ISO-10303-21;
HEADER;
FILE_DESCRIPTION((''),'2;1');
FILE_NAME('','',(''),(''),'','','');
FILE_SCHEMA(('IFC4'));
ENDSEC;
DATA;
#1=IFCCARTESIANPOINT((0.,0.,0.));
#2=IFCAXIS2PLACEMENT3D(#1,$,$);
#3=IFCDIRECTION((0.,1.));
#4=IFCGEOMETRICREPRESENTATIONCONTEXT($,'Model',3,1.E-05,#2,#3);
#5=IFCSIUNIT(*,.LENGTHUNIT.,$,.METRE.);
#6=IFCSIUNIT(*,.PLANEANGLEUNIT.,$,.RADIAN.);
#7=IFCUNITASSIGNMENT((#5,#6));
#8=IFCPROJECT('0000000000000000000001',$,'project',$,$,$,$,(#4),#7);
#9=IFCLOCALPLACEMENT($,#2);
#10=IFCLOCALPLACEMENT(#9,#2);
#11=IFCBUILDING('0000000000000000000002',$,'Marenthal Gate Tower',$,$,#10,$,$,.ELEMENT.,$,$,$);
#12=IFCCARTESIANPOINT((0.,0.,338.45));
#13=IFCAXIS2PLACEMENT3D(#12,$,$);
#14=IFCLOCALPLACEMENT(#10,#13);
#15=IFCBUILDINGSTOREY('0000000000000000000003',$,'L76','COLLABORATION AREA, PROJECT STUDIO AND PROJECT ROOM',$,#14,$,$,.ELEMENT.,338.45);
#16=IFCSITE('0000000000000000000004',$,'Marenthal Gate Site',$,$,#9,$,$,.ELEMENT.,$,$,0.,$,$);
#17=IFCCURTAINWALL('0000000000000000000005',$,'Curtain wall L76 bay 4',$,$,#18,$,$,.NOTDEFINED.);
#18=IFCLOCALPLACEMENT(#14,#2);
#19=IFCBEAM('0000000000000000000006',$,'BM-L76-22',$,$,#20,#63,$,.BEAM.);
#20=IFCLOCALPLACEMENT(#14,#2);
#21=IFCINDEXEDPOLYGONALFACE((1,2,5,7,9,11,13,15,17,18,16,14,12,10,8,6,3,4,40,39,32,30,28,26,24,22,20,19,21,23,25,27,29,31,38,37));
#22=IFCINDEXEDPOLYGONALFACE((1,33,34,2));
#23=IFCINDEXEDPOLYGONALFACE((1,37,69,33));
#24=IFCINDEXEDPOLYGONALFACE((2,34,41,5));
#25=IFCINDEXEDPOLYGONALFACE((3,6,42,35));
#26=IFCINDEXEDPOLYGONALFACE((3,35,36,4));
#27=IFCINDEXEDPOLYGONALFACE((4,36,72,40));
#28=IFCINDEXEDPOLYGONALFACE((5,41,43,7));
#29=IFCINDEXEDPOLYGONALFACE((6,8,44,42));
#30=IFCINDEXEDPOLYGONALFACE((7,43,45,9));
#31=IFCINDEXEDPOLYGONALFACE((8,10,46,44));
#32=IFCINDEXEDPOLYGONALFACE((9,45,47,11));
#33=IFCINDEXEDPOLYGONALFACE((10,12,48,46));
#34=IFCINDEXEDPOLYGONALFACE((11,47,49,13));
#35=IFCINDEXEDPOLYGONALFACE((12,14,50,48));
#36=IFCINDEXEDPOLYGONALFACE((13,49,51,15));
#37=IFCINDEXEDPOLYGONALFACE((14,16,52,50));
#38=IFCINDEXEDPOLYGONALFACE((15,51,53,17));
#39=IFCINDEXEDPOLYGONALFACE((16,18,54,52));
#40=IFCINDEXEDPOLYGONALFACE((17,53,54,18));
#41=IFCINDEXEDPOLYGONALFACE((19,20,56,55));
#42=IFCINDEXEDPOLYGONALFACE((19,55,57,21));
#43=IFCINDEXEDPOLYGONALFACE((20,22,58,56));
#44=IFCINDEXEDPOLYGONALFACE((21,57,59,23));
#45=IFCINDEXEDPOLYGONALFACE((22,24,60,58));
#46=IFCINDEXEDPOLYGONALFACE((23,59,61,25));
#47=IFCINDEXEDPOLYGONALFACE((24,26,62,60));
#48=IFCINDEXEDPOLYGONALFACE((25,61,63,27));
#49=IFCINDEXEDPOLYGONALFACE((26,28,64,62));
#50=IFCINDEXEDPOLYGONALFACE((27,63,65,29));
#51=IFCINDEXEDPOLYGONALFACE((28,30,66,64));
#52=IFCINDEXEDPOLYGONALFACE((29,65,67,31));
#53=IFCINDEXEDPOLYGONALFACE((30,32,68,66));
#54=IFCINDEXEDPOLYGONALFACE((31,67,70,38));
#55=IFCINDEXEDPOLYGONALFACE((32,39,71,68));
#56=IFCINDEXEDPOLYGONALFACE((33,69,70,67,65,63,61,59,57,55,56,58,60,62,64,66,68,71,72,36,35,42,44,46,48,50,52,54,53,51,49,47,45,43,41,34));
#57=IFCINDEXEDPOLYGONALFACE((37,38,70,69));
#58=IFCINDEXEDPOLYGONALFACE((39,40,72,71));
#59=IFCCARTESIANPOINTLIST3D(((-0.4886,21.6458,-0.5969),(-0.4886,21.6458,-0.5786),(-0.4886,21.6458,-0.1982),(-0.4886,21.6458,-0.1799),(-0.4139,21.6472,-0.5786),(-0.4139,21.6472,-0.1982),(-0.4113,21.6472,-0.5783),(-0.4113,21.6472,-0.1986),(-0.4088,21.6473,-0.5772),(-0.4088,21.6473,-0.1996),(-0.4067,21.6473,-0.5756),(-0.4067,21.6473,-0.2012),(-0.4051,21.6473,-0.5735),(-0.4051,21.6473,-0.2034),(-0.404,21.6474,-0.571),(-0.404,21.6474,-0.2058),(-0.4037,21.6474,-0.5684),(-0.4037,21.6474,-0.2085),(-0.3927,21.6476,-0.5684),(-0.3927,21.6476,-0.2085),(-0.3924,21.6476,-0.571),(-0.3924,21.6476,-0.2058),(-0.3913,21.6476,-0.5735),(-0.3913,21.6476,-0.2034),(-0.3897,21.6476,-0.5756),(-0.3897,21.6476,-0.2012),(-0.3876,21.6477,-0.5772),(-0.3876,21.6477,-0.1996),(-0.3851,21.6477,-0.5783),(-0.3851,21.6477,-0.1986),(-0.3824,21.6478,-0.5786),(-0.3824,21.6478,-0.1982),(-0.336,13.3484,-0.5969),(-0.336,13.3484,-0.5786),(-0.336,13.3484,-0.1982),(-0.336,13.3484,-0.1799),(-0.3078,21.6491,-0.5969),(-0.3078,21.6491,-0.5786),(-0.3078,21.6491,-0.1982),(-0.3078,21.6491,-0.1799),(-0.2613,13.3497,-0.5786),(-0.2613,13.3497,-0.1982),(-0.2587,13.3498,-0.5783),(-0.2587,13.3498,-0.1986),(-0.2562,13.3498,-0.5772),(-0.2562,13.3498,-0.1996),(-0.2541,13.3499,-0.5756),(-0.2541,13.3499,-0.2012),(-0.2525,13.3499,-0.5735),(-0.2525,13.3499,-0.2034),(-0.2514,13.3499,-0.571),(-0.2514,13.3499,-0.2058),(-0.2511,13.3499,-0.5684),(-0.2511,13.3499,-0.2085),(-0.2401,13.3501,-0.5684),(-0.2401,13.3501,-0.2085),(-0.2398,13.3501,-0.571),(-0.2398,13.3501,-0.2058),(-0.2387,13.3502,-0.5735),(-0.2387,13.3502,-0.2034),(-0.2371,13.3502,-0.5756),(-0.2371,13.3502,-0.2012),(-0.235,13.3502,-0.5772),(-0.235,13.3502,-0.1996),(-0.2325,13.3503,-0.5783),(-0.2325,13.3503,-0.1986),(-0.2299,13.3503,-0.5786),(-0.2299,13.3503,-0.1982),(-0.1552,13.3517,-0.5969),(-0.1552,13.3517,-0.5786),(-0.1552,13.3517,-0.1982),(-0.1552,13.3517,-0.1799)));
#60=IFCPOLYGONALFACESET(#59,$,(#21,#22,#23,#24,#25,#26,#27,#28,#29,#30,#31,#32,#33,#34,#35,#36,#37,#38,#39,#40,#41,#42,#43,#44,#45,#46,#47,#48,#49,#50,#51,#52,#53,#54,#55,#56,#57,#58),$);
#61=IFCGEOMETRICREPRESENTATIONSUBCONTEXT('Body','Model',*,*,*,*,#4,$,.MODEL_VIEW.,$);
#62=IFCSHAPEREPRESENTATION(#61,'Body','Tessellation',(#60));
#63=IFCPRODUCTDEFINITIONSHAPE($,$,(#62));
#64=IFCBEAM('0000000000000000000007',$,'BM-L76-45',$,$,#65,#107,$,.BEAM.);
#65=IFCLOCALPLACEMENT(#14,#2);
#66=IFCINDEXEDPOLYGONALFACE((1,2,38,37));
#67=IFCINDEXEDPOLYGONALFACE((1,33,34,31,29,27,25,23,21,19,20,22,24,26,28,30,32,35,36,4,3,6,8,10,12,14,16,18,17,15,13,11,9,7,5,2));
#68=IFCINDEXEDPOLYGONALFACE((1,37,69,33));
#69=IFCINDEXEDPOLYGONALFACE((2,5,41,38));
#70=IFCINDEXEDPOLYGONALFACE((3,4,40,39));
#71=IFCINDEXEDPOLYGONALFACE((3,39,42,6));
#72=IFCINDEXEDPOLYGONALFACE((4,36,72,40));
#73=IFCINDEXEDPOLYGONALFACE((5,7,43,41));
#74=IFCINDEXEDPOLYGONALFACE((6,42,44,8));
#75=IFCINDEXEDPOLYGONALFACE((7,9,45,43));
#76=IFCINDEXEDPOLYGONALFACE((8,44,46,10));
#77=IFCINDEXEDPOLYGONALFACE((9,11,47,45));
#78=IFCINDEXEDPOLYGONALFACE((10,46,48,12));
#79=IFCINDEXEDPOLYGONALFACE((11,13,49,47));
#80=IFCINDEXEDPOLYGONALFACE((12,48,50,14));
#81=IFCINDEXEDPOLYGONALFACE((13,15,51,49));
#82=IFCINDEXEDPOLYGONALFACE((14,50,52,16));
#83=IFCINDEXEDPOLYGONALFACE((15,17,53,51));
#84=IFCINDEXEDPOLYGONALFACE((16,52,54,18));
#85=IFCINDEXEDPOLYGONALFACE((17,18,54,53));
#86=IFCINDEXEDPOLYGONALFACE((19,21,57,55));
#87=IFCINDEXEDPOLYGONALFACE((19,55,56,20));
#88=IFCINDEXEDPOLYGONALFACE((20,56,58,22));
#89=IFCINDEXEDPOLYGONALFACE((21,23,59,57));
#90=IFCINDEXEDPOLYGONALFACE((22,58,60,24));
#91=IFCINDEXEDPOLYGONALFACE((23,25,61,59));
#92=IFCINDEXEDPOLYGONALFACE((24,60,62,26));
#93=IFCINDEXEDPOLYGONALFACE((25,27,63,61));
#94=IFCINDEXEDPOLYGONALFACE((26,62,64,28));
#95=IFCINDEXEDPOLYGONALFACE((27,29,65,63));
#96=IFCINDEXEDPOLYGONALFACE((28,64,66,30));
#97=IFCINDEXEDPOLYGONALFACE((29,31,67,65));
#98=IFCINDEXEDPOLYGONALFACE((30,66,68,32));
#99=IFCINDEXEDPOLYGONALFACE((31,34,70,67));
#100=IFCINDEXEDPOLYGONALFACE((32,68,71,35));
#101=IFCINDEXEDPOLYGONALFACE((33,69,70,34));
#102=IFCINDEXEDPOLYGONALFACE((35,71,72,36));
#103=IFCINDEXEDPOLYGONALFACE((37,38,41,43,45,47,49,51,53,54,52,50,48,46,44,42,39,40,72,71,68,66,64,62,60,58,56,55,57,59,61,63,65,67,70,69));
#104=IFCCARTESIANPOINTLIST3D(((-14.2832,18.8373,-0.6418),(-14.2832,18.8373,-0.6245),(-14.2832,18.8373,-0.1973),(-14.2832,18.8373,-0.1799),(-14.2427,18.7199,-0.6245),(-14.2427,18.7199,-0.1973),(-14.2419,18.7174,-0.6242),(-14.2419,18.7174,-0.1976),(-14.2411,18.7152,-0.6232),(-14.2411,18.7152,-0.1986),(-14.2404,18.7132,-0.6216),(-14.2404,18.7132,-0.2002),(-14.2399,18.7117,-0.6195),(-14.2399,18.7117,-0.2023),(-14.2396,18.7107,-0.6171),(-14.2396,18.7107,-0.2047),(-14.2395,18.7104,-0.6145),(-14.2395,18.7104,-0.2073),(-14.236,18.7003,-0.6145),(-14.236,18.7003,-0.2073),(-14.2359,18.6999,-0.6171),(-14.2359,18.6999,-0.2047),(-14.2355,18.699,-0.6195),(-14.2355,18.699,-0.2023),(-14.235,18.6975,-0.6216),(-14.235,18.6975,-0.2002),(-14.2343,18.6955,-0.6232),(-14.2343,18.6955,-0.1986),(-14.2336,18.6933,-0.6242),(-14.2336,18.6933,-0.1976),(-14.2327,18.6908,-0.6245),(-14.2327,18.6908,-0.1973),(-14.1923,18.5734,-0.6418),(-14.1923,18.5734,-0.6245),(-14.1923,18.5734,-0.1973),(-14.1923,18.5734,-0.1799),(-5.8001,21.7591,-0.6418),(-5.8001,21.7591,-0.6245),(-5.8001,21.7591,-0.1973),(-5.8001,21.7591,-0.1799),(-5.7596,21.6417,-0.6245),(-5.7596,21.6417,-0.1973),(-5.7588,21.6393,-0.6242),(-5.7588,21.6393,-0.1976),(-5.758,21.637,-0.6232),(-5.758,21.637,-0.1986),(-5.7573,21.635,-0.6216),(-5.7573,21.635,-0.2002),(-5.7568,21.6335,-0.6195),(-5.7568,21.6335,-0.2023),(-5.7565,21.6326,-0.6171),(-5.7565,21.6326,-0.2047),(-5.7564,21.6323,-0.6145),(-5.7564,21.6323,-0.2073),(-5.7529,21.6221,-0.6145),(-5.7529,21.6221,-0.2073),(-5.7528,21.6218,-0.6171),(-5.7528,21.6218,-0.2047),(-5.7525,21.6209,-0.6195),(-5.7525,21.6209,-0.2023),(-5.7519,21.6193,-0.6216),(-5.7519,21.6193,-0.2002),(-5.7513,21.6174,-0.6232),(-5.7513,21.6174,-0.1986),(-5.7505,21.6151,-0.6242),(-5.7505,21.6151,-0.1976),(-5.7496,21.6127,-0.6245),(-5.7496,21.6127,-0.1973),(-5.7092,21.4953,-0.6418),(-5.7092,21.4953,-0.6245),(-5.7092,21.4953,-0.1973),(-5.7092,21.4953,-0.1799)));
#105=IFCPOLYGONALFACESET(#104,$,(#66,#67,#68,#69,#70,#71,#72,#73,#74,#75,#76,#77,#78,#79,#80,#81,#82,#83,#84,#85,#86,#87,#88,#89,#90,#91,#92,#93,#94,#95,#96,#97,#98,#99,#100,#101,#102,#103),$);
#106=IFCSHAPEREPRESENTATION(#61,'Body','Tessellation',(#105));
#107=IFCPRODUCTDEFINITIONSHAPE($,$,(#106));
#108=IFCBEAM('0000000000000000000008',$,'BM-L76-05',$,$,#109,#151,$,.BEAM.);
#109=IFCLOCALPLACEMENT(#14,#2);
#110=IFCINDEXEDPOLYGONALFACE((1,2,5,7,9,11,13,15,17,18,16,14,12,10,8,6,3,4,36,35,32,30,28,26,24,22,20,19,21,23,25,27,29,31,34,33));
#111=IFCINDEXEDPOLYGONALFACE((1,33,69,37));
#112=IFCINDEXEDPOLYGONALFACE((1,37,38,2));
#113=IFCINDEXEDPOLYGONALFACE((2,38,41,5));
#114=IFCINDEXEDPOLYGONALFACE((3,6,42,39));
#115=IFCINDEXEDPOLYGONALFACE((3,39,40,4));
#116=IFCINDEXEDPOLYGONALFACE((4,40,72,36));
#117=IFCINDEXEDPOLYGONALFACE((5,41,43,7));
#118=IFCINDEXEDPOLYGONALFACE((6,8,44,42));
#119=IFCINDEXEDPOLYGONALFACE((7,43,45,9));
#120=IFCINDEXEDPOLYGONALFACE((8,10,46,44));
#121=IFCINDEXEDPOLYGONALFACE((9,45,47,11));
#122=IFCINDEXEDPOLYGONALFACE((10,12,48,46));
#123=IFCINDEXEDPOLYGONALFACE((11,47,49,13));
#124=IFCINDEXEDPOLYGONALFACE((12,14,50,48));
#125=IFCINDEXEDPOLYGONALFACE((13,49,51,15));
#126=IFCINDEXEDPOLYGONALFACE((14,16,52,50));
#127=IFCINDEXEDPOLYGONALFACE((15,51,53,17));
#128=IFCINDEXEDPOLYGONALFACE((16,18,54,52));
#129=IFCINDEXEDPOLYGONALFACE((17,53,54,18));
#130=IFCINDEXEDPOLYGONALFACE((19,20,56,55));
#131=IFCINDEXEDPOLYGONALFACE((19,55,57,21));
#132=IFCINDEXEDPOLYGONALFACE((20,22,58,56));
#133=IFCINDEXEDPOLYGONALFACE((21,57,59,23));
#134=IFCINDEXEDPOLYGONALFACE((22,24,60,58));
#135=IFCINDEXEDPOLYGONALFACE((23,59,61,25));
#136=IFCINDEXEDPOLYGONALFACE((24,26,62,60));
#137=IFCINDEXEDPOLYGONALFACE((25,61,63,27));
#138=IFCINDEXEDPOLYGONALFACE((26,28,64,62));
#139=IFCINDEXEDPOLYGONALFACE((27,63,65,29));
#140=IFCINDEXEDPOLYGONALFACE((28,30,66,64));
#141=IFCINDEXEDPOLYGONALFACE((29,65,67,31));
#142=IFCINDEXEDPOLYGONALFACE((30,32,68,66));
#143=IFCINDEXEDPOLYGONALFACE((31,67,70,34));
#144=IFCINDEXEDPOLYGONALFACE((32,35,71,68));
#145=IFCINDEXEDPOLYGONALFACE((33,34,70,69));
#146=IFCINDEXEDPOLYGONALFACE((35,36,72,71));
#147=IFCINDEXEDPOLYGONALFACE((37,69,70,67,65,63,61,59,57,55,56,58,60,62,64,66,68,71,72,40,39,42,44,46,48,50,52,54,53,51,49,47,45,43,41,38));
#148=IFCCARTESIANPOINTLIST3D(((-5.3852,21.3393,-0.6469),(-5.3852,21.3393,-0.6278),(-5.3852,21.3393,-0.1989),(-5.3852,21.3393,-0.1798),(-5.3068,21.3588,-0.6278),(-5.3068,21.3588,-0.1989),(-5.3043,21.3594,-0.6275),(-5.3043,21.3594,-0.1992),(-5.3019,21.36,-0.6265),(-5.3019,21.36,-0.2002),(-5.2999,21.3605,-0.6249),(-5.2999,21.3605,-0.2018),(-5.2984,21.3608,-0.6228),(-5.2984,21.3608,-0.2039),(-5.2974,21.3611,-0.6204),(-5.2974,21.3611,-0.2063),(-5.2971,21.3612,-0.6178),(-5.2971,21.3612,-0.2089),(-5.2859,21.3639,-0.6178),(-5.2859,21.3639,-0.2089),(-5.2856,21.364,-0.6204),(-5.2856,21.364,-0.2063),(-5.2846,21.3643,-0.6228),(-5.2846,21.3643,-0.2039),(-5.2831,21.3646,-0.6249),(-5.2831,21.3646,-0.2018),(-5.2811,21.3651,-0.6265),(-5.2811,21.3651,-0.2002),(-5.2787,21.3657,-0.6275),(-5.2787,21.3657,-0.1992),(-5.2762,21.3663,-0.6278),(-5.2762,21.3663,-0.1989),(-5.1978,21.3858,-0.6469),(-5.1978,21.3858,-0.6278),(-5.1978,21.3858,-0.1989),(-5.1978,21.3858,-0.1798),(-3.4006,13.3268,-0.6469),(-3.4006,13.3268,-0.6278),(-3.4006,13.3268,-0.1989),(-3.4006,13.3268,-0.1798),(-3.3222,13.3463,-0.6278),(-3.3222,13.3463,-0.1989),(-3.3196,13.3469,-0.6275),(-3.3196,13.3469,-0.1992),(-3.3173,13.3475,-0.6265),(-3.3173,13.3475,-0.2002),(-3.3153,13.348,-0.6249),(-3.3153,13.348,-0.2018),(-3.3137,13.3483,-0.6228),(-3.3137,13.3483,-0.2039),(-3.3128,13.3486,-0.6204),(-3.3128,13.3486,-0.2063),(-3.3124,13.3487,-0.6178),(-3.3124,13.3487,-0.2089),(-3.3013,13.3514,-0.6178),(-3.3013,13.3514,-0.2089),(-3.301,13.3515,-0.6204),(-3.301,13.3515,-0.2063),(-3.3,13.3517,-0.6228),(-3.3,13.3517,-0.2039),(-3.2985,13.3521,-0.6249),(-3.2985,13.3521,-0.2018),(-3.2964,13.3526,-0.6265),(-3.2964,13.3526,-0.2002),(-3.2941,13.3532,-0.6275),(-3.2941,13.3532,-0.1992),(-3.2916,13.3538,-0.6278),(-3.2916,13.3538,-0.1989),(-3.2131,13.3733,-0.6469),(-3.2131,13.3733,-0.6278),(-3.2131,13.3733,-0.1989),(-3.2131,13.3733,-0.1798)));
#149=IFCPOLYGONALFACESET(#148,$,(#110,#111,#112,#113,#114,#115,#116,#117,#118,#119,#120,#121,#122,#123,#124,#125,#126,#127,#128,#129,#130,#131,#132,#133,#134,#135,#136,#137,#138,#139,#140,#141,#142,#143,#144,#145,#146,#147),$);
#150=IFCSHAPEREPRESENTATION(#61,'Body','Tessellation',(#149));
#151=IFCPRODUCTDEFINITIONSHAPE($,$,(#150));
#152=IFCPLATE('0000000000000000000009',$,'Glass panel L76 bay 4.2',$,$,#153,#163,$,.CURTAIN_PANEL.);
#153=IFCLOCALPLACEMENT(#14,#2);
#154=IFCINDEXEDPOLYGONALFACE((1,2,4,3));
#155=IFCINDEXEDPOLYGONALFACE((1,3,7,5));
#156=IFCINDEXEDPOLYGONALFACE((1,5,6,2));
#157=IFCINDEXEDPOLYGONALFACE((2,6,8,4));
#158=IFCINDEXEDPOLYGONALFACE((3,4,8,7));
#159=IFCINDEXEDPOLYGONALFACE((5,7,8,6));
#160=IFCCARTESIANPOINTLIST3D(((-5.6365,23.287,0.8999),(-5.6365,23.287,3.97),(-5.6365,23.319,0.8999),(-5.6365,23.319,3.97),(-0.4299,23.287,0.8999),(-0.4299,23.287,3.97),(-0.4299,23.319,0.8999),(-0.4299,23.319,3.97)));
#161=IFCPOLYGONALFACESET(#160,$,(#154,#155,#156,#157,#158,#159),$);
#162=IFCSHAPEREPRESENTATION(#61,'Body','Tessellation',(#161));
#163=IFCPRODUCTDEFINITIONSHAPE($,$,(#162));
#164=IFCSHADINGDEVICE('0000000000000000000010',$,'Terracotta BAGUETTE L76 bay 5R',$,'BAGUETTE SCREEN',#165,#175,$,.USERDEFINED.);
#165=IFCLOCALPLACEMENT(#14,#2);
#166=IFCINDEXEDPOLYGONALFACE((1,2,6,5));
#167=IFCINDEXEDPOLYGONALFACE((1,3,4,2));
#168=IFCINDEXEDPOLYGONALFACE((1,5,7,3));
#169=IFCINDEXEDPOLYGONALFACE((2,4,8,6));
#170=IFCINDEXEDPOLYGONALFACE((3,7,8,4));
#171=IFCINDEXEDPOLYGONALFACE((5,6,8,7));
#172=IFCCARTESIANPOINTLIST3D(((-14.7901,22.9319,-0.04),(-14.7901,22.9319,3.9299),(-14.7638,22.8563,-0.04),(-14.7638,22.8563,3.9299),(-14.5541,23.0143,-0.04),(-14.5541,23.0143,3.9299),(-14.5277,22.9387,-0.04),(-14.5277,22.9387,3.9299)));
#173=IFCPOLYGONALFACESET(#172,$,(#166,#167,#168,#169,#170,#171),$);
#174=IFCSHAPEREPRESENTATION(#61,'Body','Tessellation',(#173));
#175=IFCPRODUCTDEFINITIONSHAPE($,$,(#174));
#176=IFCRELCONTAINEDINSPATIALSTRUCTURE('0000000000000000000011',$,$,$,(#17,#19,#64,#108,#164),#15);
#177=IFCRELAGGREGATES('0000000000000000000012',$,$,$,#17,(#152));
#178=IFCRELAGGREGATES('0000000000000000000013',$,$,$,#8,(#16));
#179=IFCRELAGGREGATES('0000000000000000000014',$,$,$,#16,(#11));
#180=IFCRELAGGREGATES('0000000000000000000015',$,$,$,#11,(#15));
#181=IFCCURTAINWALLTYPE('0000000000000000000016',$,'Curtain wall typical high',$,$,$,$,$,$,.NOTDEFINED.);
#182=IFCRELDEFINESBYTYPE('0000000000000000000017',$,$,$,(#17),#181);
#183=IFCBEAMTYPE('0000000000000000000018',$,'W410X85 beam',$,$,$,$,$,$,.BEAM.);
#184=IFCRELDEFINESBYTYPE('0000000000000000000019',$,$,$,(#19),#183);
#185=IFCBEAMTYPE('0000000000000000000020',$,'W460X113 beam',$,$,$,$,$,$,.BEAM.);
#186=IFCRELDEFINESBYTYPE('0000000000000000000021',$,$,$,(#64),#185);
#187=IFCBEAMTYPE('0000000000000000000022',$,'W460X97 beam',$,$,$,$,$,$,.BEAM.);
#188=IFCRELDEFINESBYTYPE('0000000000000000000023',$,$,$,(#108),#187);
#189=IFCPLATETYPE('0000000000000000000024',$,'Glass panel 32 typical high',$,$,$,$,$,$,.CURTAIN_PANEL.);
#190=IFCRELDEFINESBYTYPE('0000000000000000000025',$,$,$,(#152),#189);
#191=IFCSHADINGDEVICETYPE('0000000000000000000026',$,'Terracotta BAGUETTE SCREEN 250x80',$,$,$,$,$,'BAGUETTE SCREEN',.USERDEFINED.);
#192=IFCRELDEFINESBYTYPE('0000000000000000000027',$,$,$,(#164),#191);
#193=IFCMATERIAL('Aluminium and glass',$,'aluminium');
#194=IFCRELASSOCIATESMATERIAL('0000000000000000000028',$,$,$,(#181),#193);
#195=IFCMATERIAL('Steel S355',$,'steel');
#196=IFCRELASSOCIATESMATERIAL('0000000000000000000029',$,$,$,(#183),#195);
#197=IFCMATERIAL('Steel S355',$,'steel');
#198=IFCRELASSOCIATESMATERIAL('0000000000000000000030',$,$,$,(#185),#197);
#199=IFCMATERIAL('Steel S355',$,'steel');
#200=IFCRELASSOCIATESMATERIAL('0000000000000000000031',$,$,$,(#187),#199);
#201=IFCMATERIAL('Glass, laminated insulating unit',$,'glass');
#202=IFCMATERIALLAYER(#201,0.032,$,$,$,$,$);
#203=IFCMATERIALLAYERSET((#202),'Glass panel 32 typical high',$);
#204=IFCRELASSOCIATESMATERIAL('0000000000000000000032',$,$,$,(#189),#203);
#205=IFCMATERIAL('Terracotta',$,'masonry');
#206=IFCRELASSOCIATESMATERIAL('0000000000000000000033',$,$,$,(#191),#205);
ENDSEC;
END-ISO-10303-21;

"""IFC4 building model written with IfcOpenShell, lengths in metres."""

from ifc_helpers import new_model, si_unit, direction, frame, origin, origin_2d, place, context, subcontext, project, spatial, rectangle, i_section, extrude, material, layer, layer_set, material_profile, profile_set, type_object, element, aggregate, save


model = new_model("IFC4")

# Units and contexts
model_context = context("Model", 3, precision=1e-05, world=origin(), true_north=direction((0.0, 1.0)))
body_context = subcontext(model_context, "Body", "Model", "MODEL_VIEW")
ifc_project = project(units=[si_unit("LENGTHUNIT", "METRE"), si_unit("PLANEANGLEUNIT", "RADIAN")], contexts=[model_context])

# Site, building, storey
site_placement = place(None, origin())
site = spatial("IfcSite", under=ifc_project, at=site_placement, Name="Marenthal Gate Site", CompositionType="ELEMENT", RefElevation=0.0)
building_placement = place(site_placement, origin())
building = spatial("IfcBuilding", under=site, at=building_placement, Name="Marenthal Gate Tower", CompositionType="ELEMENT")
storey_placement = place(building_placement, frame((0.0, 0.0, 338.45)))
storey = spatial("IfcBuildingStorey", under=building, at=storey_placement, Name="L76", Description="COLLABORATION AREA, PROJECT STUDIO AND PROJECT ROOM", CompositionType="ELEMENT", Elevation=338.45)

# Curtain wall
ifc_material_1 = material(Name="Aluminium and glass", Category="aluminium")
curtain_wall_type = type_object("IfcCurtainWallType", Name="Curtain wall typical high", PredefinedType="NOTDEFINED", material=ifc_material_1)
curtain_wall_1_placement = place(storey_placement, origin())
curtain_wall_1 = element("IfcCurtainWall", 1, at=curtain_wall_1_placement, inside=storey, type_object=curtain_wall_type, Name="Curtain wall L76 bay 4", PredefinedType="NOTDEFINED")

# Beams
ifc_material_2 = material(Name="Steel S355", Category="steel")
ifc_material_profile_1 = material_profile(ifc_material_2, i_section(OverallWidth=0.1809, OverallDepth=0.417, WebThickness=0.011, FlangeThickness=0.0183, FilletRadius=0.0103, at=origin_2d()), Name="W410X85")
ifc_profile_set_1 = profile_set([ifc_material_profile_1], Name="Steel S355")
beam_type_1 = type_object("IfcBeamType", Name="W410X85 beam", PredefinedType="BEAM", material=ifc_profile_set_1)
beam_1_placement = place(storey_placement, frame((-0.3982, 21.6475, -0.3884), z_axis=(0.018387, -0.999831, 0.0), x_axis=(0.999831, 0.018387, 0.0)))
element("IfcBeam", 2, at=beam_1_placement, inside=storey, type_object=beam_type_1, Name="BM-L76-22", PredefinedType="BEAM", context=body_context, shape_type="SweptSolid", body=[
    extrude(i_section(OverallWidth=0.1809, OverallDepth=0.417, WebThickness=0.011, FlangeThickness=0.0183, FilletRadius=0.0103, at=origin_2d()), origin(), (0.0, 0.0, 1.0), 8.2988),
])
ifc_material_3 = material(Name="Steel S355", Category="steel")
ifc_material_profile_2 = material_profile(ifc_material_3, i_section(OverallWidth=0.2791, OverallDepth=0.4619, WebThickness=0.0107, FlangeThickness=0.0173, FilletRadius=0.01, at=origin_2d()), Name="W460X113")
ifc_profile_set_2 = profile_set([ifc_material_profile_2], Name="Steel S355")
beam_type_2 = type_object("IfcBeamType", Name="W460X113 beam", PredefinedType="BEAM", material=ifc_profile_set_2)
beam_2_placement = place(storey_placement, frame((-5.7546, 21.6272, -0.4109), z_axis=(-0.945488, -0.325657, 0.0), x_axis=(0.325657, -0.945488, 0.0)))
element("IfcBeam", 3, at=beam_2_placement, inside=storey, type_object=beam_type_2, Name="BM-L76-45", PredefinedType="BEAM", context=body_context, shape_type="SweptSolid", body=[
    extrude(i_section(OverallWidth=0.2791, OverallDepth=0.4619, WebThickness=0.0107, FlangeThickness=0.0173, FilletRadius=0.01, at=origin_2d()), origin(), (0.0, 0.0, 1.0), 8.9722),
])
ifc_material_4 = material(Name="Steel S355", Category="steel")
ifc_material_profile_3 = material_profile(ifc_material_4, i_section(OverallWidth=0.1931, OverallDepth=0.467, WebThickness=0.0115, FlangeThickness=0.019, FilletRadius=0.01, at=origin_2d()), Name="W460X97")
ifc_profile_set_3 = profile_set([ifc_material_profile_3], Name="Steel S355")
beam_type_3 = type_object("IfcBeamType", Name="W460X97 beam", PredefinedType="BEAM", material=ifc_profile_set_3)
beam_3_placement = place(storey_placement, frame((-5.2915, 21.3625, -0.4133), z_axis=(0.240426, -0.970667, 0.0), x_axis=(0.970667, 0.240426, 0.0)))
element("IfcBeam", 4, at=beam_3_placement, inside=storey, type_object=beam_type_3, Name="BM-L76-05", PredefinedType="BEAM", context=body_context, shape_type="SweptSolid", body=[
    extrude(i_section(OverallWidth=0.1931, OverallDepth=0.467, WebThickness=0.0115, FlangeThickness=0.019, FilletRadius=0.01, at=origin_2d()), origin(), (0.0, 0.0, 1.0), 8.2546),
])

# Plate
ifc_material_5 = material(Name="Glass, laminated insulating unit", Category="glass")
ifc_layer_1 = layer(ifc_material_5, 0.032)
ifc_layer_set_1 = layer_set([ifc_layer_1], Name="Glass panel 32 typical high")
plate_type = type_object("IfcPlateType", Name="Glass panel 32 typical high", PredefinedType="CURTAIN_PANEL", material=ifc_layer_set_1)
plate_placement = place(storey_placement, frame((-3.0332, 23.303, 0.8999), z_axis=(0.0, 0.0, 1.0), x_axis=(-1.0, 0.0, 0.0)))
plate = element("IfcPlate", 5, at=plate_placement, type_object=plate_type, Name="Glass panel L76 bay 4.2", PredefinedType="CURTAIN_PANEL", context=body_context, shape_type="SweptSolid", body=[
    extrude(rectangle(XDim=5.2065, YDim=0.032, at=origin_2d()), origin(), (0.0, 0.0, 1.0), 3.0701),
])
aggregate(curtain_wall_1, [plate])

# Shading device
ifc_material_6 = material(Name="Terracotta", Category="masonry")
ifc_material_profile_4 = material_profile(ifc_material_6, rectangle(XDim=0.25, YDim=0.0801, at=origin_2d()), Name="Terracotta baguette 250x80")
ifc_profile_set_4 = profile_set([ifc_material_profile_4], Name="Terracotta")
shading_device_type = type_object("IfcShadingDeviceType", Name="Terracotta BAGUETTE SCREEN 250x80", ElementType="BAGUETTE SCREEN", PredefinedType="USERDEFINED", material=ifc_profile_set_4)
shading_device_placement = place(storey_placement, frame((-14.6589, 22.9353, -0.04), z_axis=(0.0, 0.0, 1.0), x_axis=(-0.944186, -0.329413, 0.0)))
element("IfcShadingDevice", 6, at=shading_device_placement, inside=storey, type_object=shading_device_type, Name="Terracotta BAGUETTE L76 bay 5R", ObjectType="BAGUETTE SCREEN", PredefinedType="USERDEFINED", context=body_context, shape_type="SweptSolid", body=[
    extrude(rectangle(XDim=0.25, YDim=0.0801, at=origin_2d()), origin(), (0.0, 0.0, 1.0), 3.97),
])

save(model, "model.ifc")
